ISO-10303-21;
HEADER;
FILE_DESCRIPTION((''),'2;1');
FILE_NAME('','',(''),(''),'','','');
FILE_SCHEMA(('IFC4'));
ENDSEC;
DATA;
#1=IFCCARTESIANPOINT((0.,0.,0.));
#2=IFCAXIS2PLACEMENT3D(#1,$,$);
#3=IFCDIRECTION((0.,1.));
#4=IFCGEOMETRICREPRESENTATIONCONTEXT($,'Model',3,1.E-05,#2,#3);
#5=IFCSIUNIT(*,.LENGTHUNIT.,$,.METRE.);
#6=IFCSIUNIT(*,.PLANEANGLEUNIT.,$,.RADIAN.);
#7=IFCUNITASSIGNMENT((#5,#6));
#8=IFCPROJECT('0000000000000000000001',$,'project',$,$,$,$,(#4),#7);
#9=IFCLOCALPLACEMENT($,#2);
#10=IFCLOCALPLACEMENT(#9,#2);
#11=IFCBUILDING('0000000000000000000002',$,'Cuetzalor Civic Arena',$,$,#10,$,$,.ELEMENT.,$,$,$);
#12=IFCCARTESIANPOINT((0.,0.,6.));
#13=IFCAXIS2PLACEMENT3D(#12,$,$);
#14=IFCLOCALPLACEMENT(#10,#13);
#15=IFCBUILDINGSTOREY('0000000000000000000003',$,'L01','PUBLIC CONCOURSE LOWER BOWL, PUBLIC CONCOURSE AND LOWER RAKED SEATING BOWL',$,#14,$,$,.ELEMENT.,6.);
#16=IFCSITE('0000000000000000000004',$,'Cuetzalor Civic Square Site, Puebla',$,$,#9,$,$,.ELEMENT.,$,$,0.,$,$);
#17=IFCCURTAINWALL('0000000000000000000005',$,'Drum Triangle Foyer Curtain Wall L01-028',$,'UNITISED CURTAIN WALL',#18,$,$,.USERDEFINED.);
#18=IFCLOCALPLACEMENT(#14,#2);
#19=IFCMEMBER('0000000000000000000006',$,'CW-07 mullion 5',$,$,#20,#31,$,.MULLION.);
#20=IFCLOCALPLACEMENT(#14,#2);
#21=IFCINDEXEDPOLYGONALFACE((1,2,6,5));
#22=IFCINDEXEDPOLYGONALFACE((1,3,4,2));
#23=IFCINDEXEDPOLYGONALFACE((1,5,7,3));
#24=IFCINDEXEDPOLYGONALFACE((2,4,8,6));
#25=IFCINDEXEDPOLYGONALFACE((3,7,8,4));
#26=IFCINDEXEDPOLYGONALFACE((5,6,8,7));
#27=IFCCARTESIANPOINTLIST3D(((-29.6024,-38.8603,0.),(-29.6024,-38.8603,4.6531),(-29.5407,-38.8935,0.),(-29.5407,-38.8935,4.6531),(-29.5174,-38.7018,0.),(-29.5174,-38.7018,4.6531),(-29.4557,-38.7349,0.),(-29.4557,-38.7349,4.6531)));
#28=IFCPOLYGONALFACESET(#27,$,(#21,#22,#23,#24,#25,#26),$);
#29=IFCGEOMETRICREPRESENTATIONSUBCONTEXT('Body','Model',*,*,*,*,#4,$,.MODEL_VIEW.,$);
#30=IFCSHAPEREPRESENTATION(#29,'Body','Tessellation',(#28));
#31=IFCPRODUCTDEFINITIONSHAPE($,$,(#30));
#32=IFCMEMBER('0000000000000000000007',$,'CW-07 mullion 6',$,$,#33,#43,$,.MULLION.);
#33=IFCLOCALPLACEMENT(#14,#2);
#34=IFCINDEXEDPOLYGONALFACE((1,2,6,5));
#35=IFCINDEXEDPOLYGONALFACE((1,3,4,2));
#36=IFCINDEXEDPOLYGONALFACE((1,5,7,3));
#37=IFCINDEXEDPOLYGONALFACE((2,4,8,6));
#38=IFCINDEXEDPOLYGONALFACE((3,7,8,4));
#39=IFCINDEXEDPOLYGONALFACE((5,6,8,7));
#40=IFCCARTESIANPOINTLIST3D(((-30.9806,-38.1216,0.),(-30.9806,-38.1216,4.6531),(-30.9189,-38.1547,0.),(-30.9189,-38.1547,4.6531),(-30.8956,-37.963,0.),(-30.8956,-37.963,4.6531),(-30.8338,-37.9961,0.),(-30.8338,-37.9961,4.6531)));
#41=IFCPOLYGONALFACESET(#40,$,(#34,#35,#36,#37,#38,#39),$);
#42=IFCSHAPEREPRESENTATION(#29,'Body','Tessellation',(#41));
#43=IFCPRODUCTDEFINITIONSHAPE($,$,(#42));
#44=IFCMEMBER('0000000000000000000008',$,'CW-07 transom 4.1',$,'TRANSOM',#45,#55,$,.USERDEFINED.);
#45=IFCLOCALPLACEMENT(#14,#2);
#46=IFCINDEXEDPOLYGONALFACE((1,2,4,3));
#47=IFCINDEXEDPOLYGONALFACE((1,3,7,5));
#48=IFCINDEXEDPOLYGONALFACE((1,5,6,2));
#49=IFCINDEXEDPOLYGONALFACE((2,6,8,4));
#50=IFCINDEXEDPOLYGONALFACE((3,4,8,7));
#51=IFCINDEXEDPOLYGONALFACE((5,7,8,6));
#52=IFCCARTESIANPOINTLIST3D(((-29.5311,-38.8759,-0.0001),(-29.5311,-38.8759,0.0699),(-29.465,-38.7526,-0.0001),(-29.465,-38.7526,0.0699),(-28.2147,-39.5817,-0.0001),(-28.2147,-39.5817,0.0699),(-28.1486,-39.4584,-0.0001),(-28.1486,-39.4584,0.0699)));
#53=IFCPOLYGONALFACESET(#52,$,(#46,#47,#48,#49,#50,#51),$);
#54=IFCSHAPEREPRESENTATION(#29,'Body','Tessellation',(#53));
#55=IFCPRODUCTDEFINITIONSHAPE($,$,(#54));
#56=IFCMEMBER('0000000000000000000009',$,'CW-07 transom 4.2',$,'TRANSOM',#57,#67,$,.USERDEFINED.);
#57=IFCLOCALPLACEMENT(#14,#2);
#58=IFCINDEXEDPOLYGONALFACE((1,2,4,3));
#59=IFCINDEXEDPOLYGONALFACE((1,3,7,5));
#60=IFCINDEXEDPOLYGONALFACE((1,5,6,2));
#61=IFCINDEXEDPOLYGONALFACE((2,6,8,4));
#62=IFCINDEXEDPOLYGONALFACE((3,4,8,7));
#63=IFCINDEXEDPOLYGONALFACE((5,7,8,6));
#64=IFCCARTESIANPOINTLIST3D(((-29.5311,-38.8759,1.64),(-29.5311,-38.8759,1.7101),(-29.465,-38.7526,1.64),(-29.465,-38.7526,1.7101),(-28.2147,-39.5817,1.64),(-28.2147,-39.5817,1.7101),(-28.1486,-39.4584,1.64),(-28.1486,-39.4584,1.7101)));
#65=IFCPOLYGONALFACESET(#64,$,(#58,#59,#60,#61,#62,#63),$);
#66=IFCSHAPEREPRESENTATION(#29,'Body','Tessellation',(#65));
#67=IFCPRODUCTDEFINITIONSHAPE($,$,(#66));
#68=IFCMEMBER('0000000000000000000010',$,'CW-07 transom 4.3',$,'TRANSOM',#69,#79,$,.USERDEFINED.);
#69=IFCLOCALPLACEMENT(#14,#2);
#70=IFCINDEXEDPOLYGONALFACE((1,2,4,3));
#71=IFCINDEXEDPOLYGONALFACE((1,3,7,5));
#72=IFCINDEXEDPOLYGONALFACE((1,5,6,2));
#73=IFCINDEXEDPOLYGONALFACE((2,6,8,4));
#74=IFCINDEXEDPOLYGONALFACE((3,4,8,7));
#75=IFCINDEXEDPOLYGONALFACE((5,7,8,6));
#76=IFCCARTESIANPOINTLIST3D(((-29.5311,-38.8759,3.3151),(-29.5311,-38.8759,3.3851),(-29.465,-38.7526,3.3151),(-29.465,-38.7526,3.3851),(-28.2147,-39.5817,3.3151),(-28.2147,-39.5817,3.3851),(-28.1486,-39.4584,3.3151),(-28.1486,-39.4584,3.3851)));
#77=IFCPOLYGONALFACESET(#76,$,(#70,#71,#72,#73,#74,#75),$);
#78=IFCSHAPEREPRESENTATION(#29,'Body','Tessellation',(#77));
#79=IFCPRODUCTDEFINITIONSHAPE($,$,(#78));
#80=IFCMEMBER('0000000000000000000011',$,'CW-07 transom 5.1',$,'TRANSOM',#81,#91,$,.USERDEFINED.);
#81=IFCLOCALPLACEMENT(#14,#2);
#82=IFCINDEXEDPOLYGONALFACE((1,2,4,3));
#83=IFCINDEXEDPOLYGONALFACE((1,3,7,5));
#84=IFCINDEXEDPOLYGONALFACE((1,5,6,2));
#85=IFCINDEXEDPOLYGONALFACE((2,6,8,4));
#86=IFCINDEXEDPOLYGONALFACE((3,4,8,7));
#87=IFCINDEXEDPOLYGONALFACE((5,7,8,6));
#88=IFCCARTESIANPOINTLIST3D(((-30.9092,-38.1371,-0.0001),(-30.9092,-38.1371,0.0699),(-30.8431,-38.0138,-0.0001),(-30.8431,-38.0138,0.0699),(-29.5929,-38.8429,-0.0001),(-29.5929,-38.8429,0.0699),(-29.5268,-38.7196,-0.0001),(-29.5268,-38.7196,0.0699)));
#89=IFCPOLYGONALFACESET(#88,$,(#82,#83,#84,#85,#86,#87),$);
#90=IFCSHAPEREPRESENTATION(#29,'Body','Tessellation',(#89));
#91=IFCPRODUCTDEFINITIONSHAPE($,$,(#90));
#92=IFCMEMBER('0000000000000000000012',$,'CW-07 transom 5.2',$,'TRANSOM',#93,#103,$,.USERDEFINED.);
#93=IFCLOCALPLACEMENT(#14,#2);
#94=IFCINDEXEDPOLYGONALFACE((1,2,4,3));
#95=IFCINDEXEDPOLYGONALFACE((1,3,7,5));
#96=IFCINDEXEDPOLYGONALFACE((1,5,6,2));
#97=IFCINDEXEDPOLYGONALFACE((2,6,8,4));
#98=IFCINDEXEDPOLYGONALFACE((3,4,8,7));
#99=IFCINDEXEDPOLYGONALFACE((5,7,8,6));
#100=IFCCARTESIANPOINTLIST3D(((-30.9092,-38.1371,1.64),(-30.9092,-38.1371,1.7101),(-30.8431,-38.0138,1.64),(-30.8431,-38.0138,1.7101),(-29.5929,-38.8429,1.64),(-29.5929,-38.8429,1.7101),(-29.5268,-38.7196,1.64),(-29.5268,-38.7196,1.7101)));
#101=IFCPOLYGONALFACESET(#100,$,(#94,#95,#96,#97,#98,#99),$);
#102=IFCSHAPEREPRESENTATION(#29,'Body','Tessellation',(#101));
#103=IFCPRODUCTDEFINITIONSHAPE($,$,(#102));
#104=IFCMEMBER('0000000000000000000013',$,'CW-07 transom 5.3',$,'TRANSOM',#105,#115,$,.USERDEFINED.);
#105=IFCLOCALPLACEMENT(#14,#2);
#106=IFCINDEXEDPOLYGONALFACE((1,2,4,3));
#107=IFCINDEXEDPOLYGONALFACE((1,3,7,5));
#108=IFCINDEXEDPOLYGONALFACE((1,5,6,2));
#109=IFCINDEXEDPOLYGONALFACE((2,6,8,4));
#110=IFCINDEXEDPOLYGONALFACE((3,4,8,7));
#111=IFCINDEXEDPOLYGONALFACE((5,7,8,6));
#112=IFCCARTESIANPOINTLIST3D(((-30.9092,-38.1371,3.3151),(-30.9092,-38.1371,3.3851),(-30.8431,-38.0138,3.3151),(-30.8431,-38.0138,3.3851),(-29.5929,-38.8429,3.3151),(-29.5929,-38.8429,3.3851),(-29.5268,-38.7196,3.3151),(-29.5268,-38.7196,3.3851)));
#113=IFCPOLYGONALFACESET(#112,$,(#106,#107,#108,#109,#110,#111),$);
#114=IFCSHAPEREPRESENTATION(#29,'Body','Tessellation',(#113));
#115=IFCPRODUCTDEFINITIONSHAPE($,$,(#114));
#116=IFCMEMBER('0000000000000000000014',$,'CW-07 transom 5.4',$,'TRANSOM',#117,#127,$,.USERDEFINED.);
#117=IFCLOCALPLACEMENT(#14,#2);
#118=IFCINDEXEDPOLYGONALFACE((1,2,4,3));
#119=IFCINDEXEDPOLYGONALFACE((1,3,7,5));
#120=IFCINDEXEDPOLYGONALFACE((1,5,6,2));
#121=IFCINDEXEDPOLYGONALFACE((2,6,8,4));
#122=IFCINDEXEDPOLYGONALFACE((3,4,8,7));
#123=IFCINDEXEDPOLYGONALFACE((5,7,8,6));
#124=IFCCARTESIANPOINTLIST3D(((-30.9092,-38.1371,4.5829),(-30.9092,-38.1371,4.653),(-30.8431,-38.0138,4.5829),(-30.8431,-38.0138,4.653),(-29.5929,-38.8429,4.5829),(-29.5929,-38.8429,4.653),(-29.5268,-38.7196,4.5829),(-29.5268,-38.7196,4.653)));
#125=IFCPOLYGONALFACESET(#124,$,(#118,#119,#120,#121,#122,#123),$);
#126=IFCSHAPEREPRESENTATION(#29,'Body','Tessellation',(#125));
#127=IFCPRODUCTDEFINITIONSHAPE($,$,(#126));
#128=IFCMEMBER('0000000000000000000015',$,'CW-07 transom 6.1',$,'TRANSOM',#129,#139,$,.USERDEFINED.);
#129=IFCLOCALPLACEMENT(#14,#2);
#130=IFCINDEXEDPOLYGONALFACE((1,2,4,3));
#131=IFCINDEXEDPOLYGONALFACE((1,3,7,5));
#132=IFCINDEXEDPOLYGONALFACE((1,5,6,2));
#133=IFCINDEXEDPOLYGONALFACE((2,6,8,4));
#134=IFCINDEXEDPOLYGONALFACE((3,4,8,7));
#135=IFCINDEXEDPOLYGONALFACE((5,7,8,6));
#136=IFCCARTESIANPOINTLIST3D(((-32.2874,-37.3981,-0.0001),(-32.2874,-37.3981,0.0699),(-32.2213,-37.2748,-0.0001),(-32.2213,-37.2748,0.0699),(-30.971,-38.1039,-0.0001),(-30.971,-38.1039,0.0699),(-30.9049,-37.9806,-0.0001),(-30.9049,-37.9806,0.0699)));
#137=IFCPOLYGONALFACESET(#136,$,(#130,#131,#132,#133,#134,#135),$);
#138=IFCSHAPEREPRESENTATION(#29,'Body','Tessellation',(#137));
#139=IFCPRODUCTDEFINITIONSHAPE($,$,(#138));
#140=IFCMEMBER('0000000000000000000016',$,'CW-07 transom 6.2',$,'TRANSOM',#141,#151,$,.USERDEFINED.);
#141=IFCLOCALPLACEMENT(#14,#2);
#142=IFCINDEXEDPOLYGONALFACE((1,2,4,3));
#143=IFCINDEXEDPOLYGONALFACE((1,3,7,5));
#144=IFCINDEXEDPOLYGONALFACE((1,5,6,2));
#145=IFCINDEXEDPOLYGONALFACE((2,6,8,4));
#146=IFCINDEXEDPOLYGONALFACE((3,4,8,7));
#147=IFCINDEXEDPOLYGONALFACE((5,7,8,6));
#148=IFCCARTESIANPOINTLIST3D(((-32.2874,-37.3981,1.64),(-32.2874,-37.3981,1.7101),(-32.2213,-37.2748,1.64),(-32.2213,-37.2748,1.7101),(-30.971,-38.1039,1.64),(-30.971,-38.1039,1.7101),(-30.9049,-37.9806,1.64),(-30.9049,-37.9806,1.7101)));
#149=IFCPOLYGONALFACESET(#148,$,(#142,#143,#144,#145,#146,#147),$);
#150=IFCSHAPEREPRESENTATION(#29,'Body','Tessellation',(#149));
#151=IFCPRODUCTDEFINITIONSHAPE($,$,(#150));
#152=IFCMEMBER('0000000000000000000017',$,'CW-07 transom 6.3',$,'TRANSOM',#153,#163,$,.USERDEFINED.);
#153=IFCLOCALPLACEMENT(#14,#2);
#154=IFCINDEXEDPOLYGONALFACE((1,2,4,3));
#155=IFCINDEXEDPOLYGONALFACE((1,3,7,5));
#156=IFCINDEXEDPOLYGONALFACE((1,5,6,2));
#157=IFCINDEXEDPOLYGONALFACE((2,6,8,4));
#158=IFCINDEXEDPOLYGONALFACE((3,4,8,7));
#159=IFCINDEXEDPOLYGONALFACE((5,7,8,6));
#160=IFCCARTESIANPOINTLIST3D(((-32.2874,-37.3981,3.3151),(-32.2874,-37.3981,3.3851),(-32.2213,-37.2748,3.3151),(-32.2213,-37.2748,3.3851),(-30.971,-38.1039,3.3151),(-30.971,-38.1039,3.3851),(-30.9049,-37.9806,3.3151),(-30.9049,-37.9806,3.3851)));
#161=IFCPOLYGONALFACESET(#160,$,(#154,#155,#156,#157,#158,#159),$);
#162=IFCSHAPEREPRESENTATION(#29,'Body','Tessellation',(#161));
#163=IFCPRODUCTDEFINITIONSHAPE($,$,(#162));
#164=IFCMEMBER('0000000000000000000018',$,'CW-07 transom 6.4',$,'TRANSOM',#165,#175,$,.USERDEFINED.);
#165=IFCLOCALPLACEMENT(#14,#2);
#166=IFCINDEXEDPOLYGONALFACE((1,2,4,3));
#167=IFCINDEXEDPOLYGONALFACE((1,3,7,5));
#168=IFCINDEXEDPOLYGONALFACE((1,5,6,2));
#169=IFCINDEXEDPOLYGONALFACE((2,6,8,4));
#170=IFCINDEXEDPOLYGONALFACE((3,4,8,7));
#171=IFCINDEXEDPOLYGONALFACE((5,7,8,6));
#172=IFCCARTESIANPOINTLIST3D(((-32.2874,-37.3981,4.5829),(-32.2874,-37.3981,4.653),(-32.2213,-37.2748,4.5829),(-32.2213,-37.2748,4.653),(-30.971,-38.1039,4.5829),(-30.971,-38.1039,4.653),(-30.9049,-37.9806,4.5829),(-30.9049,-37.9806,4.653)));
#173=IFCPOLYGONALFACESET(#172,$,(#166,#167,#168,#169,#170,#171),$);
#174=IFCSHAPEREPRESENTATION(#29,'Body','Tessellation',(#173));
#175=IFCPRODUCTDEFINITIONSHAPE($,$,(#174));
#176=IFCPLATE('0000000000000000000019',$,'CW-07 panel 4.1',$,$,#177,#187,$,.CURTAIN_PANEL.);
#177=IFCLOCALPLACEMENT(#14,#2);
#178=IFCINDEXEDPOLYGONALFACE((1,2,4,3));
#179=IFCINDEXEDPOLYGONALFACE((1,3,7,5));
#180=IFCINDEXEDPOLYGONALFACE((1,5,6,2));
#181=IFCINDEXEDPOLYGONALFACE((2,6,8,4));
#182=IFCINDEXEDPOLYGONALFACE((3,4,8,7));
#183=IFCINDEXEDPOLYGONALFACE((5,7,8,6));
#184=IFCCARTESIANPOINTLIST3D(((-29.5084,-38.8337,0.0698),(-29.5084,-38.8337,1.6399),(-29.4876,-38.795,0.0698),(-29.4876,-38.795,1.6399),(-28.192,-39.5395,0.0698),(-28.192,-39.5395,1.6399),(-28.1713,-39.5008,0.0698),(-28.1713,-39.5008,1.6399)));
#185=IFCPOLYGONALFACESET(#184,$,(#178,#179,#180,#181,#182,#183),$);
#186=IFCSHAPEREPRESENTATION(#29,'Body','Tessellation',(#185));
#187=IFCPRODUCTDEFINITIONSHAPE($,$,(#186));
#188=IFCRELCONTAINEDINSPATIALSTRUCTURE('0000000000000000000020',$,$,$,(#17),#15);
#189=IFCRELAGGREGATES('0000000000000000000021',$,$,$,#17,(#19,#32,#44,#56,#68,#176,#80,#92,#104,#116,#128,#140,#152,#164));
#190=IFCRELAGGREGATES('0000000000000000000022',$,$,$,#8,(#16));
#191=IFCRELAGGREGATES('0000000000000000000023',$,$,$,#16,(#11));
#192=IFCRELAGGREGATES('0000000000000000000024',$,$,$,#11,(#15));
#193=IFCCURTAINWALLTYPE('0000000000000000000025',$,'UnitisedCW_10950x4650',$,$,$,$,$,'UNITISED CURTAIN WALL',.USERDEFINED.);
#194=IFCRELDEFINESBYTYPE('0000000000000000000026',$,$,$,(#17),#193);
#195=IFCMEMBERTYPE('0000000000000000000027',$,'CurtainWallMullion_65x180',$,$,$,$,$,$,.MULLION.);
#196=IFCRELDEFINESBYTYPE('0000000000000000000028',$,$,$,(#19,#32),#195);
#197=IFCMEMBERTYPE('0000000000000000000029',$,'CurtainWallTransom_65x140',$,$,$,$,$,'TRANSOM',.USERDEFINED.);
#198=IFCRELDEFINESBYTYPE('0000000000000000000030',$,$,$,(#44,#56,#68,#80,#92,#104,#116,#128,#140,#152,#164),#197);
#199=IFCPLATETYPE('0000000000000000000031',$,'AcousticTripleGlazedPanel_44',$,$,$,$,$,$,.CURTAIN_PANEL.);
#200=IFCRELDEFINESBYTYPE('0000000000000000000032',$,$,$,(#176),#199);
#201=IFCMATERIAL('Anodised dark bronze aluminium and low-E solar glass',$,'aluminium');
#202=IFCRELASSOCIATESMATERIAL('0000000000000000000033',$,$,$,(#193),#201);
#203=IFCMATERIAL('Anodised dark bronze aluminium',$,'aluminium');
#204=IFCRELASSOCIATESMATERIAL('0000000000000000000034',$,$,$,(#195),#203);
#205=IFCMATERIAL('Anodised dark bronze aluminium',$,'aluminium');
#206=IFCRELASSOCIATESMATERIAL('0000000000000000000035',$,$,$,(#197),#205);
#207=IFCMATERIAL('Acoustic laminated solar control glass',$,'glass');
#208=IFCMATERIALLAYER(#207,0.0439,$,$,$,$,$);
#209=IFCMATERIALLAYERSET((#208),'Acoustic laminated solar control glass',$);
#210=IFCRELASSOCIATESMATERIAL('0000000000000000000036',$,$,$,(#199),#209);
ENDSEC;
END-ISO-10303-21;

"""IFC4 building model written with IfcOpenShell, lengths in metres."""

from ifc_helpers import new_model, si_unit, direction, frame, origin, origin_2d, place, context, subcontext, project, spatial, rectangle, extrude, material, layer, layer_set, material_profile, profile_set, type_object, element, aggregate, save


model = new_model("IFC4")

# Units and contexts
model_context = context("Model", 3, precision=1e-05, world=origin(), true_north=direction((0.0, 1.0)))
body_context = subcontext(model_context, "Body", "Model", "MODEL_VIEW")
ifc_project = project(units=[si_unit("LENGTHUNIT", "METRE"), si_unit("PLANEANGLEUNIT", "RADIAN")], contexts=[model_context])

# Site, building, storey
site_placement = place(None, origin())
site = spatial("IfcSite", under=ifc_project, at=site_placement, Name="Cuetzalor Civic Square Site, Puebla", CompositionType="ELEMENT", RefElevation=0.0)
building_placement = place(site_placement, origin())
building = spatial("IfcBuilding", under=site, at=building_placement, Name="Cuetzalor Civic Arena", CompositionType="ELEMENT")
storey_placement = place(building_placement, frame((0.0, 0.0, 6.0)))
storey = spatial("IfcBuildingStorey", under=building, at=storey_placement, Name="L01", Description="PUBLIC CONCOURSE LOWER BOWL, PUBLIC CONCOURSE AND LOWER RAKED SEATING BOWL", CompositionType="ELEMENT", Elevation=6.0)

# Curtain wall, members, plate
ifc_material_1 = material(Name="Anodised dark bronze aluminium and low-E solar glass", Category="aluminium")
curtain_wall_type = type_object("IfcCurtainWallType", Name="UnitisedCW_10950x4650", ElementType="UNITISED CURTAIN WALL", PredefinedType="USERDEFINED", material=ifc_material_1)
curtain_wall_placement = place(storey_placement, origin())
curtain_wall = element("IfcCurtainWall", 1, at=curtain_wall_placement, inside=storey, type_object=curtain_wall_type, Name="Drum Triangle Foyer Curtain Wall L01-028", ObjectType="UNITISED CURTAIN WALL", PredefinedType="USERDEFINED")
ifc_material_2 = material(Name="Anodised dark bronze aluminium", Category="aluminium")
ifc_material_profile_1 = material_profile(ifc_material_2, rectangle(XDim=0.0701, YDim=0.1799, at=origin_2d()), Name="ALU MULLION 70x180")
ifc_profile_set_1 = profile_set([ifc_material_profile_1], Name="Anodised dark bronze aluminium")
member_type_1 = type_object("IfcMemberType", Name="CurtainWallMullion_65x180", PredefinedType="MULLION", material=ifc_profile_set_1)
member_1_placement = place(storey_placement, frame((-29.5291, -38.7976, 0.0), z_axis=(0.0, 0.0, 1.0), x_axis=(-0.881306, 0.472545, 0.0)))
member_1 = element("IfcMember", 2, at=member_1_placement, type_object=member_type_1, Name="CW-07 mullion 5", PredefinedType="MULLION", context=body_context, shape_type="SweptSolid", body=[
    extrude(rectangle(XDim=0.0701, YDim=0.1799, at=origin_2d()), origin(), (0.0, 0.0, 1.0), 4.6531),
])
member_2_placement = place(storey_placement, frame((-30.9072, -38.0588, 0.0), z_axis=(0.0, 0.0, 1.0), x_axis=(-0.881306, 0.472545, 0.0)))
member_2 = element("IfcMember", 3, at=member_2_placement, type_object=member_type_1, Name="CW-07 mullion 6", PredefinedType="MULLION", context=body_context, shape_type="SweptSolid", body=[
    extrude(rectangle(XDim=0.0701, YDim=0.1799, at=origin_2d()), origin(), (0.0, 0.0, 1.0), 4.6531),
])
ifc_material_3 = material(Name="Anodised dark bronze aluminium", Category="aluminium")
ifc_material_profile_2 = material_profile(ifc_material_3, rectangle(XDim=0.1399, YDim=0.0701, at=origin_2d()), Name="ALU TRANSOM 70x140")
ifc_profile_set_2 = profile_set([ifc_material_profile_2], Name="Anodised dark bronze aluminium")
member_type_2 = type_object("IfcMemberType", Name="CurtainWallTransom_65x140", ElementType="TRANSOM", PredefinedType="USERDEFINED", material=ifc_profile_set_2)
member_3_placement = place(storey_placement, frame((-28.1816, -39.52, 0.0349), z_axis=(-0.881315, 0.47253, 0.0), x_axis=(-0.47253, -0.881315, 0.0)))
member_3 = element("IfcMember", 4, at=member_3_placement, type_object=member_type_2, Name="CW-07 transom 4.1", ObjectType="TRANSOM", PredefinedType="USERDEFINED", context=body_context, shape_type="SweptSolid", body=[
    extrude(rectangle(XDim=0.1399, YDim=0.0701, at=origin_2d()), origin(), (0.0, 0.0, 1.0), 1.4937),
])
member_4_placement = place(storey_placement, frame((-28.1816, -39.52, 1.675), z_axis=(-0.881315, 0.47253, 0.0), x_axis=(-0.47253, -0.881315, 0.0)))
member_4 = element("IfcMember", 5, at=member_4_placement, type_object=member_type_2, Name="CW-07 transom 4.2", ObjectType="TRANSOM", PredefinedType="USERDEFINED", context=body_context, shape_type="SweptSolid", body=[
    extrude(rectangle(XDim=0.1399, YDim=0.0701, at=origin_2d()), origin(), (0.0, 0.0, 1.0), 1.4937),
])
member_5_placement = place(storey_placement, frame((-28.1816, -39.52, 3.3501), z_axis=(-0.881315, 0.47253, 0.0), x_axis=(-0.47253, -0.881315, 0.0)))
member_5 = element("IfcMember", 6, at=member_5_placement, type_object=member_type_2, Name="CW-07 transom 4.3", ObjectType="TRANSOM", PredefinedType="USERDEFINED", context=body_context, shape_type="SweptSolid", body=[
    extrude(rectangle(XDim=0.1399, YDim=0.0701, at=origin_2d()), origin(), (0.0, 0.0, 1.0), 1.4937),
])
member_6_placement = place(storey_placement, frame((-29.5598, -38.7812, 0.0349), z_axis=(-0.881315, 0.47253, 0.0), x_axis=(-0.47253, -0.881315, 0.0)))
member_6 = element("IfcMember", 7, at=member_6_placement, type_object=member_type_2, Name="CW-07 transom 5.1", ObjectType="TRANSOM", PredefinedType="USERDEFINED", context=body_context, shape_type="SweptSolid", body=[
    extrude(rectangle(XDim=0.1399, YDim=0.0701, at=origin_2d()), origin(), (0.0, 0.0, 1.0), 1.4937),
])
member_7_placement = place(storey_placement, frame((-29.5598, -38.7812, 1.675), z_axis=(-0.881315, 0.47253, 0.0), x_axis=(-0.47253, -0.881315, 0.0)))
member_7 = element("IfcMember", 8, at=member_7_placement, type_object=member_type_2, Name="CW-07 transom 5.2", ObjectType="TRANSOM", PredefinedType="USERDEFINED", context=body_context, shape_type="SweptSolid", body=[
    extrude(rectangle(XDim=0.1399, YDim=0.0701, at=origin_2d()), origin(), (0.0, 0.0, 1.0), 1.4937),
])
member_8_placement = place(storey_placement, frame((-29.5598, -38.7812, 3.3501), z_axis=(-0.881315, 0.47253, 0.0), x_axis=(-0.47253, -0.881315, 0.0)))
member_8 = element("IfcMember", 9, at=member_8_placement, type_object=member_type_2, Name="CW-07 transom 5.3", ObjectType="TRANSOM", PredefinedType="USERDEFINED", context=body_context, shape_type="SweptSolid", body=[
    extrude(rectangle(XDim=0.1399, YDim=0.0701, at=origin_2d()), origin(), (0.0, 0.0, 1.0), 1.4937),
])
member_9_placement = place(storey_placement, frame((-29.5598, -38.7812, 4.6179), z_axis=(-0.881315, 0.47253, 0.0), x_axis=(-0.47253, -0.881315, 0.0)))
member_9 = element("IfcMember", 10, at=member_9_placement, type_object=member_type_2, Name="CW-07 transom 5.4", ObjectType="TRANSOM", PredefinedType="USERDEFINED", context=body_context, shape_type="SweptSolid", body=[
    extrude(rectangle(XDim=0.1399, YDim=0.0701, at=origin_2d()), origin(), (0.0, 0.0, 1.0), 1.4937),
])
member_10_placement = place(storey_placement, frame((-30.938, -38.0422, 0.0349), z_axis=(-0.881315, 0.47253, 0.0), x_axis=(-0.47253, -0.881315, 0.0)))
member_10 = element("IfcMember", 11, at=member_10_placement, type_object=member_type_2, Name="CW-07 transom 6.1", ObjectType="TRANSOM", PredefinedType="USERDEFINED", context=body_context, shape_type="SweptSolid", body=[
    extrude(rectangle(XDim=0.1399, YDim=0.0701, at=origin_2d()), origin(), (0.0, 0.0, 1.0), 1.4937),
])
member_11_placement = place(storey_placement, frame((-30.938, -38.0422, 1.675), z_axis=(-0.881315, 0.47253, 0.0), x_axis=(-0.47253, -0.881315, 0.0)))
member_11 = element("IfcMember", 12, at=member_11_placement, type_object=member_type_2, Name="CW-07 transom 6.2", ObjectType="TRANSOM", PredefinedType="USERDEFINED", context=body_context, shape_type="SweptSolid", body=[
    extrude(rectangle(XDim=0.1399, YDim=0.0701, at=origin_2d()), origin(), (0.0, 0.0, 1.0), 1.4937),
])
member_12_placement = place(storey_placement, frame((-30.938, -38.0422, 3.3501), z_axis=(-0.881315, 0.47253, 0.0), x_axis=(-0.47253, -0.881315, 0.0)))
member_12 = element("IfcMember", 13, at=member_12_placement, type_object=member_type_2, Name="CW-07 transom 6.3", ObjectType="TRANSOM", PredefinedType="USERDEFINED", context=body_context, shape_type="SweptSolid", body=[
    extrude(rectangle(XDim=0.1399, YDim=0.0701, at=origin_2d()), origin(), (0.0, 0.0, 1.0), 1.4937),
])
member_13_placement = place(storey_placement, frame((-30.938, -38.0422, 4.6179), z_axis=(-0.881315, 0.47253, 0.0), x_axis=(-0.47253, -0.881315, 0.0)))
member_13 = element("IfcMember", 14, at=member_13_placement, type_object=member_type_2, Name="CW-07 transom 6.4", ObjectType="TRANSOM", PredefinedType="USERDEFINED", context=body_context, shape_type="SweptSolid", body=[
    extrude(rectangle(XDim=0.1399, YDim=0.0701, at=origin_2d()), origin(), (0.0, 0.0, 1.0), 1.4937),
])
ifc_material_4 = material(Name="Acoustic laminated solar control glass", Category="glass")
ifc_layer_1 = layer(ifc_material_4, 0.0439)
ifc_layer_set_1 = layer_set([ifc_layer_1], Name="Acoustic laminated solar control glass")
plate_type = type_object("IfcPlateType", Name="AcousticTripleGlazedPanel_44", PredefinedType="CURTAIN_PANEL", material=ifc_layer_set_1)
plate_1_placement = place(storey_placement, frame((-28.8398, -39.1672, 0.0698), z_axis=(0.0, 0.0, 1.0), x_axis=(-0.881306, 0.472545, 0.0)))
plate_1 = element("IfcPlate", 15, at=plate_1_placement, type_object=plate_type, Name="CW-07 panel 4.1", PredefinedType="CURTAIN_PANEL", context=body_context, shape_type="SweptSolid", body=[
    extrude(rectangle(XDim=1.4937, YDim=0.0439, at=origin_2d()), origin(), (0.0, 0.0, 1.0), 1.5701),
])
aggregate(curtain_wall, [member_1, member_2, member_3, member_4, member_5, plate_1, member_6, member_7, member_8, member_9, member_10, member_11, member_12, member_13])

save(model, "model.ifc")
